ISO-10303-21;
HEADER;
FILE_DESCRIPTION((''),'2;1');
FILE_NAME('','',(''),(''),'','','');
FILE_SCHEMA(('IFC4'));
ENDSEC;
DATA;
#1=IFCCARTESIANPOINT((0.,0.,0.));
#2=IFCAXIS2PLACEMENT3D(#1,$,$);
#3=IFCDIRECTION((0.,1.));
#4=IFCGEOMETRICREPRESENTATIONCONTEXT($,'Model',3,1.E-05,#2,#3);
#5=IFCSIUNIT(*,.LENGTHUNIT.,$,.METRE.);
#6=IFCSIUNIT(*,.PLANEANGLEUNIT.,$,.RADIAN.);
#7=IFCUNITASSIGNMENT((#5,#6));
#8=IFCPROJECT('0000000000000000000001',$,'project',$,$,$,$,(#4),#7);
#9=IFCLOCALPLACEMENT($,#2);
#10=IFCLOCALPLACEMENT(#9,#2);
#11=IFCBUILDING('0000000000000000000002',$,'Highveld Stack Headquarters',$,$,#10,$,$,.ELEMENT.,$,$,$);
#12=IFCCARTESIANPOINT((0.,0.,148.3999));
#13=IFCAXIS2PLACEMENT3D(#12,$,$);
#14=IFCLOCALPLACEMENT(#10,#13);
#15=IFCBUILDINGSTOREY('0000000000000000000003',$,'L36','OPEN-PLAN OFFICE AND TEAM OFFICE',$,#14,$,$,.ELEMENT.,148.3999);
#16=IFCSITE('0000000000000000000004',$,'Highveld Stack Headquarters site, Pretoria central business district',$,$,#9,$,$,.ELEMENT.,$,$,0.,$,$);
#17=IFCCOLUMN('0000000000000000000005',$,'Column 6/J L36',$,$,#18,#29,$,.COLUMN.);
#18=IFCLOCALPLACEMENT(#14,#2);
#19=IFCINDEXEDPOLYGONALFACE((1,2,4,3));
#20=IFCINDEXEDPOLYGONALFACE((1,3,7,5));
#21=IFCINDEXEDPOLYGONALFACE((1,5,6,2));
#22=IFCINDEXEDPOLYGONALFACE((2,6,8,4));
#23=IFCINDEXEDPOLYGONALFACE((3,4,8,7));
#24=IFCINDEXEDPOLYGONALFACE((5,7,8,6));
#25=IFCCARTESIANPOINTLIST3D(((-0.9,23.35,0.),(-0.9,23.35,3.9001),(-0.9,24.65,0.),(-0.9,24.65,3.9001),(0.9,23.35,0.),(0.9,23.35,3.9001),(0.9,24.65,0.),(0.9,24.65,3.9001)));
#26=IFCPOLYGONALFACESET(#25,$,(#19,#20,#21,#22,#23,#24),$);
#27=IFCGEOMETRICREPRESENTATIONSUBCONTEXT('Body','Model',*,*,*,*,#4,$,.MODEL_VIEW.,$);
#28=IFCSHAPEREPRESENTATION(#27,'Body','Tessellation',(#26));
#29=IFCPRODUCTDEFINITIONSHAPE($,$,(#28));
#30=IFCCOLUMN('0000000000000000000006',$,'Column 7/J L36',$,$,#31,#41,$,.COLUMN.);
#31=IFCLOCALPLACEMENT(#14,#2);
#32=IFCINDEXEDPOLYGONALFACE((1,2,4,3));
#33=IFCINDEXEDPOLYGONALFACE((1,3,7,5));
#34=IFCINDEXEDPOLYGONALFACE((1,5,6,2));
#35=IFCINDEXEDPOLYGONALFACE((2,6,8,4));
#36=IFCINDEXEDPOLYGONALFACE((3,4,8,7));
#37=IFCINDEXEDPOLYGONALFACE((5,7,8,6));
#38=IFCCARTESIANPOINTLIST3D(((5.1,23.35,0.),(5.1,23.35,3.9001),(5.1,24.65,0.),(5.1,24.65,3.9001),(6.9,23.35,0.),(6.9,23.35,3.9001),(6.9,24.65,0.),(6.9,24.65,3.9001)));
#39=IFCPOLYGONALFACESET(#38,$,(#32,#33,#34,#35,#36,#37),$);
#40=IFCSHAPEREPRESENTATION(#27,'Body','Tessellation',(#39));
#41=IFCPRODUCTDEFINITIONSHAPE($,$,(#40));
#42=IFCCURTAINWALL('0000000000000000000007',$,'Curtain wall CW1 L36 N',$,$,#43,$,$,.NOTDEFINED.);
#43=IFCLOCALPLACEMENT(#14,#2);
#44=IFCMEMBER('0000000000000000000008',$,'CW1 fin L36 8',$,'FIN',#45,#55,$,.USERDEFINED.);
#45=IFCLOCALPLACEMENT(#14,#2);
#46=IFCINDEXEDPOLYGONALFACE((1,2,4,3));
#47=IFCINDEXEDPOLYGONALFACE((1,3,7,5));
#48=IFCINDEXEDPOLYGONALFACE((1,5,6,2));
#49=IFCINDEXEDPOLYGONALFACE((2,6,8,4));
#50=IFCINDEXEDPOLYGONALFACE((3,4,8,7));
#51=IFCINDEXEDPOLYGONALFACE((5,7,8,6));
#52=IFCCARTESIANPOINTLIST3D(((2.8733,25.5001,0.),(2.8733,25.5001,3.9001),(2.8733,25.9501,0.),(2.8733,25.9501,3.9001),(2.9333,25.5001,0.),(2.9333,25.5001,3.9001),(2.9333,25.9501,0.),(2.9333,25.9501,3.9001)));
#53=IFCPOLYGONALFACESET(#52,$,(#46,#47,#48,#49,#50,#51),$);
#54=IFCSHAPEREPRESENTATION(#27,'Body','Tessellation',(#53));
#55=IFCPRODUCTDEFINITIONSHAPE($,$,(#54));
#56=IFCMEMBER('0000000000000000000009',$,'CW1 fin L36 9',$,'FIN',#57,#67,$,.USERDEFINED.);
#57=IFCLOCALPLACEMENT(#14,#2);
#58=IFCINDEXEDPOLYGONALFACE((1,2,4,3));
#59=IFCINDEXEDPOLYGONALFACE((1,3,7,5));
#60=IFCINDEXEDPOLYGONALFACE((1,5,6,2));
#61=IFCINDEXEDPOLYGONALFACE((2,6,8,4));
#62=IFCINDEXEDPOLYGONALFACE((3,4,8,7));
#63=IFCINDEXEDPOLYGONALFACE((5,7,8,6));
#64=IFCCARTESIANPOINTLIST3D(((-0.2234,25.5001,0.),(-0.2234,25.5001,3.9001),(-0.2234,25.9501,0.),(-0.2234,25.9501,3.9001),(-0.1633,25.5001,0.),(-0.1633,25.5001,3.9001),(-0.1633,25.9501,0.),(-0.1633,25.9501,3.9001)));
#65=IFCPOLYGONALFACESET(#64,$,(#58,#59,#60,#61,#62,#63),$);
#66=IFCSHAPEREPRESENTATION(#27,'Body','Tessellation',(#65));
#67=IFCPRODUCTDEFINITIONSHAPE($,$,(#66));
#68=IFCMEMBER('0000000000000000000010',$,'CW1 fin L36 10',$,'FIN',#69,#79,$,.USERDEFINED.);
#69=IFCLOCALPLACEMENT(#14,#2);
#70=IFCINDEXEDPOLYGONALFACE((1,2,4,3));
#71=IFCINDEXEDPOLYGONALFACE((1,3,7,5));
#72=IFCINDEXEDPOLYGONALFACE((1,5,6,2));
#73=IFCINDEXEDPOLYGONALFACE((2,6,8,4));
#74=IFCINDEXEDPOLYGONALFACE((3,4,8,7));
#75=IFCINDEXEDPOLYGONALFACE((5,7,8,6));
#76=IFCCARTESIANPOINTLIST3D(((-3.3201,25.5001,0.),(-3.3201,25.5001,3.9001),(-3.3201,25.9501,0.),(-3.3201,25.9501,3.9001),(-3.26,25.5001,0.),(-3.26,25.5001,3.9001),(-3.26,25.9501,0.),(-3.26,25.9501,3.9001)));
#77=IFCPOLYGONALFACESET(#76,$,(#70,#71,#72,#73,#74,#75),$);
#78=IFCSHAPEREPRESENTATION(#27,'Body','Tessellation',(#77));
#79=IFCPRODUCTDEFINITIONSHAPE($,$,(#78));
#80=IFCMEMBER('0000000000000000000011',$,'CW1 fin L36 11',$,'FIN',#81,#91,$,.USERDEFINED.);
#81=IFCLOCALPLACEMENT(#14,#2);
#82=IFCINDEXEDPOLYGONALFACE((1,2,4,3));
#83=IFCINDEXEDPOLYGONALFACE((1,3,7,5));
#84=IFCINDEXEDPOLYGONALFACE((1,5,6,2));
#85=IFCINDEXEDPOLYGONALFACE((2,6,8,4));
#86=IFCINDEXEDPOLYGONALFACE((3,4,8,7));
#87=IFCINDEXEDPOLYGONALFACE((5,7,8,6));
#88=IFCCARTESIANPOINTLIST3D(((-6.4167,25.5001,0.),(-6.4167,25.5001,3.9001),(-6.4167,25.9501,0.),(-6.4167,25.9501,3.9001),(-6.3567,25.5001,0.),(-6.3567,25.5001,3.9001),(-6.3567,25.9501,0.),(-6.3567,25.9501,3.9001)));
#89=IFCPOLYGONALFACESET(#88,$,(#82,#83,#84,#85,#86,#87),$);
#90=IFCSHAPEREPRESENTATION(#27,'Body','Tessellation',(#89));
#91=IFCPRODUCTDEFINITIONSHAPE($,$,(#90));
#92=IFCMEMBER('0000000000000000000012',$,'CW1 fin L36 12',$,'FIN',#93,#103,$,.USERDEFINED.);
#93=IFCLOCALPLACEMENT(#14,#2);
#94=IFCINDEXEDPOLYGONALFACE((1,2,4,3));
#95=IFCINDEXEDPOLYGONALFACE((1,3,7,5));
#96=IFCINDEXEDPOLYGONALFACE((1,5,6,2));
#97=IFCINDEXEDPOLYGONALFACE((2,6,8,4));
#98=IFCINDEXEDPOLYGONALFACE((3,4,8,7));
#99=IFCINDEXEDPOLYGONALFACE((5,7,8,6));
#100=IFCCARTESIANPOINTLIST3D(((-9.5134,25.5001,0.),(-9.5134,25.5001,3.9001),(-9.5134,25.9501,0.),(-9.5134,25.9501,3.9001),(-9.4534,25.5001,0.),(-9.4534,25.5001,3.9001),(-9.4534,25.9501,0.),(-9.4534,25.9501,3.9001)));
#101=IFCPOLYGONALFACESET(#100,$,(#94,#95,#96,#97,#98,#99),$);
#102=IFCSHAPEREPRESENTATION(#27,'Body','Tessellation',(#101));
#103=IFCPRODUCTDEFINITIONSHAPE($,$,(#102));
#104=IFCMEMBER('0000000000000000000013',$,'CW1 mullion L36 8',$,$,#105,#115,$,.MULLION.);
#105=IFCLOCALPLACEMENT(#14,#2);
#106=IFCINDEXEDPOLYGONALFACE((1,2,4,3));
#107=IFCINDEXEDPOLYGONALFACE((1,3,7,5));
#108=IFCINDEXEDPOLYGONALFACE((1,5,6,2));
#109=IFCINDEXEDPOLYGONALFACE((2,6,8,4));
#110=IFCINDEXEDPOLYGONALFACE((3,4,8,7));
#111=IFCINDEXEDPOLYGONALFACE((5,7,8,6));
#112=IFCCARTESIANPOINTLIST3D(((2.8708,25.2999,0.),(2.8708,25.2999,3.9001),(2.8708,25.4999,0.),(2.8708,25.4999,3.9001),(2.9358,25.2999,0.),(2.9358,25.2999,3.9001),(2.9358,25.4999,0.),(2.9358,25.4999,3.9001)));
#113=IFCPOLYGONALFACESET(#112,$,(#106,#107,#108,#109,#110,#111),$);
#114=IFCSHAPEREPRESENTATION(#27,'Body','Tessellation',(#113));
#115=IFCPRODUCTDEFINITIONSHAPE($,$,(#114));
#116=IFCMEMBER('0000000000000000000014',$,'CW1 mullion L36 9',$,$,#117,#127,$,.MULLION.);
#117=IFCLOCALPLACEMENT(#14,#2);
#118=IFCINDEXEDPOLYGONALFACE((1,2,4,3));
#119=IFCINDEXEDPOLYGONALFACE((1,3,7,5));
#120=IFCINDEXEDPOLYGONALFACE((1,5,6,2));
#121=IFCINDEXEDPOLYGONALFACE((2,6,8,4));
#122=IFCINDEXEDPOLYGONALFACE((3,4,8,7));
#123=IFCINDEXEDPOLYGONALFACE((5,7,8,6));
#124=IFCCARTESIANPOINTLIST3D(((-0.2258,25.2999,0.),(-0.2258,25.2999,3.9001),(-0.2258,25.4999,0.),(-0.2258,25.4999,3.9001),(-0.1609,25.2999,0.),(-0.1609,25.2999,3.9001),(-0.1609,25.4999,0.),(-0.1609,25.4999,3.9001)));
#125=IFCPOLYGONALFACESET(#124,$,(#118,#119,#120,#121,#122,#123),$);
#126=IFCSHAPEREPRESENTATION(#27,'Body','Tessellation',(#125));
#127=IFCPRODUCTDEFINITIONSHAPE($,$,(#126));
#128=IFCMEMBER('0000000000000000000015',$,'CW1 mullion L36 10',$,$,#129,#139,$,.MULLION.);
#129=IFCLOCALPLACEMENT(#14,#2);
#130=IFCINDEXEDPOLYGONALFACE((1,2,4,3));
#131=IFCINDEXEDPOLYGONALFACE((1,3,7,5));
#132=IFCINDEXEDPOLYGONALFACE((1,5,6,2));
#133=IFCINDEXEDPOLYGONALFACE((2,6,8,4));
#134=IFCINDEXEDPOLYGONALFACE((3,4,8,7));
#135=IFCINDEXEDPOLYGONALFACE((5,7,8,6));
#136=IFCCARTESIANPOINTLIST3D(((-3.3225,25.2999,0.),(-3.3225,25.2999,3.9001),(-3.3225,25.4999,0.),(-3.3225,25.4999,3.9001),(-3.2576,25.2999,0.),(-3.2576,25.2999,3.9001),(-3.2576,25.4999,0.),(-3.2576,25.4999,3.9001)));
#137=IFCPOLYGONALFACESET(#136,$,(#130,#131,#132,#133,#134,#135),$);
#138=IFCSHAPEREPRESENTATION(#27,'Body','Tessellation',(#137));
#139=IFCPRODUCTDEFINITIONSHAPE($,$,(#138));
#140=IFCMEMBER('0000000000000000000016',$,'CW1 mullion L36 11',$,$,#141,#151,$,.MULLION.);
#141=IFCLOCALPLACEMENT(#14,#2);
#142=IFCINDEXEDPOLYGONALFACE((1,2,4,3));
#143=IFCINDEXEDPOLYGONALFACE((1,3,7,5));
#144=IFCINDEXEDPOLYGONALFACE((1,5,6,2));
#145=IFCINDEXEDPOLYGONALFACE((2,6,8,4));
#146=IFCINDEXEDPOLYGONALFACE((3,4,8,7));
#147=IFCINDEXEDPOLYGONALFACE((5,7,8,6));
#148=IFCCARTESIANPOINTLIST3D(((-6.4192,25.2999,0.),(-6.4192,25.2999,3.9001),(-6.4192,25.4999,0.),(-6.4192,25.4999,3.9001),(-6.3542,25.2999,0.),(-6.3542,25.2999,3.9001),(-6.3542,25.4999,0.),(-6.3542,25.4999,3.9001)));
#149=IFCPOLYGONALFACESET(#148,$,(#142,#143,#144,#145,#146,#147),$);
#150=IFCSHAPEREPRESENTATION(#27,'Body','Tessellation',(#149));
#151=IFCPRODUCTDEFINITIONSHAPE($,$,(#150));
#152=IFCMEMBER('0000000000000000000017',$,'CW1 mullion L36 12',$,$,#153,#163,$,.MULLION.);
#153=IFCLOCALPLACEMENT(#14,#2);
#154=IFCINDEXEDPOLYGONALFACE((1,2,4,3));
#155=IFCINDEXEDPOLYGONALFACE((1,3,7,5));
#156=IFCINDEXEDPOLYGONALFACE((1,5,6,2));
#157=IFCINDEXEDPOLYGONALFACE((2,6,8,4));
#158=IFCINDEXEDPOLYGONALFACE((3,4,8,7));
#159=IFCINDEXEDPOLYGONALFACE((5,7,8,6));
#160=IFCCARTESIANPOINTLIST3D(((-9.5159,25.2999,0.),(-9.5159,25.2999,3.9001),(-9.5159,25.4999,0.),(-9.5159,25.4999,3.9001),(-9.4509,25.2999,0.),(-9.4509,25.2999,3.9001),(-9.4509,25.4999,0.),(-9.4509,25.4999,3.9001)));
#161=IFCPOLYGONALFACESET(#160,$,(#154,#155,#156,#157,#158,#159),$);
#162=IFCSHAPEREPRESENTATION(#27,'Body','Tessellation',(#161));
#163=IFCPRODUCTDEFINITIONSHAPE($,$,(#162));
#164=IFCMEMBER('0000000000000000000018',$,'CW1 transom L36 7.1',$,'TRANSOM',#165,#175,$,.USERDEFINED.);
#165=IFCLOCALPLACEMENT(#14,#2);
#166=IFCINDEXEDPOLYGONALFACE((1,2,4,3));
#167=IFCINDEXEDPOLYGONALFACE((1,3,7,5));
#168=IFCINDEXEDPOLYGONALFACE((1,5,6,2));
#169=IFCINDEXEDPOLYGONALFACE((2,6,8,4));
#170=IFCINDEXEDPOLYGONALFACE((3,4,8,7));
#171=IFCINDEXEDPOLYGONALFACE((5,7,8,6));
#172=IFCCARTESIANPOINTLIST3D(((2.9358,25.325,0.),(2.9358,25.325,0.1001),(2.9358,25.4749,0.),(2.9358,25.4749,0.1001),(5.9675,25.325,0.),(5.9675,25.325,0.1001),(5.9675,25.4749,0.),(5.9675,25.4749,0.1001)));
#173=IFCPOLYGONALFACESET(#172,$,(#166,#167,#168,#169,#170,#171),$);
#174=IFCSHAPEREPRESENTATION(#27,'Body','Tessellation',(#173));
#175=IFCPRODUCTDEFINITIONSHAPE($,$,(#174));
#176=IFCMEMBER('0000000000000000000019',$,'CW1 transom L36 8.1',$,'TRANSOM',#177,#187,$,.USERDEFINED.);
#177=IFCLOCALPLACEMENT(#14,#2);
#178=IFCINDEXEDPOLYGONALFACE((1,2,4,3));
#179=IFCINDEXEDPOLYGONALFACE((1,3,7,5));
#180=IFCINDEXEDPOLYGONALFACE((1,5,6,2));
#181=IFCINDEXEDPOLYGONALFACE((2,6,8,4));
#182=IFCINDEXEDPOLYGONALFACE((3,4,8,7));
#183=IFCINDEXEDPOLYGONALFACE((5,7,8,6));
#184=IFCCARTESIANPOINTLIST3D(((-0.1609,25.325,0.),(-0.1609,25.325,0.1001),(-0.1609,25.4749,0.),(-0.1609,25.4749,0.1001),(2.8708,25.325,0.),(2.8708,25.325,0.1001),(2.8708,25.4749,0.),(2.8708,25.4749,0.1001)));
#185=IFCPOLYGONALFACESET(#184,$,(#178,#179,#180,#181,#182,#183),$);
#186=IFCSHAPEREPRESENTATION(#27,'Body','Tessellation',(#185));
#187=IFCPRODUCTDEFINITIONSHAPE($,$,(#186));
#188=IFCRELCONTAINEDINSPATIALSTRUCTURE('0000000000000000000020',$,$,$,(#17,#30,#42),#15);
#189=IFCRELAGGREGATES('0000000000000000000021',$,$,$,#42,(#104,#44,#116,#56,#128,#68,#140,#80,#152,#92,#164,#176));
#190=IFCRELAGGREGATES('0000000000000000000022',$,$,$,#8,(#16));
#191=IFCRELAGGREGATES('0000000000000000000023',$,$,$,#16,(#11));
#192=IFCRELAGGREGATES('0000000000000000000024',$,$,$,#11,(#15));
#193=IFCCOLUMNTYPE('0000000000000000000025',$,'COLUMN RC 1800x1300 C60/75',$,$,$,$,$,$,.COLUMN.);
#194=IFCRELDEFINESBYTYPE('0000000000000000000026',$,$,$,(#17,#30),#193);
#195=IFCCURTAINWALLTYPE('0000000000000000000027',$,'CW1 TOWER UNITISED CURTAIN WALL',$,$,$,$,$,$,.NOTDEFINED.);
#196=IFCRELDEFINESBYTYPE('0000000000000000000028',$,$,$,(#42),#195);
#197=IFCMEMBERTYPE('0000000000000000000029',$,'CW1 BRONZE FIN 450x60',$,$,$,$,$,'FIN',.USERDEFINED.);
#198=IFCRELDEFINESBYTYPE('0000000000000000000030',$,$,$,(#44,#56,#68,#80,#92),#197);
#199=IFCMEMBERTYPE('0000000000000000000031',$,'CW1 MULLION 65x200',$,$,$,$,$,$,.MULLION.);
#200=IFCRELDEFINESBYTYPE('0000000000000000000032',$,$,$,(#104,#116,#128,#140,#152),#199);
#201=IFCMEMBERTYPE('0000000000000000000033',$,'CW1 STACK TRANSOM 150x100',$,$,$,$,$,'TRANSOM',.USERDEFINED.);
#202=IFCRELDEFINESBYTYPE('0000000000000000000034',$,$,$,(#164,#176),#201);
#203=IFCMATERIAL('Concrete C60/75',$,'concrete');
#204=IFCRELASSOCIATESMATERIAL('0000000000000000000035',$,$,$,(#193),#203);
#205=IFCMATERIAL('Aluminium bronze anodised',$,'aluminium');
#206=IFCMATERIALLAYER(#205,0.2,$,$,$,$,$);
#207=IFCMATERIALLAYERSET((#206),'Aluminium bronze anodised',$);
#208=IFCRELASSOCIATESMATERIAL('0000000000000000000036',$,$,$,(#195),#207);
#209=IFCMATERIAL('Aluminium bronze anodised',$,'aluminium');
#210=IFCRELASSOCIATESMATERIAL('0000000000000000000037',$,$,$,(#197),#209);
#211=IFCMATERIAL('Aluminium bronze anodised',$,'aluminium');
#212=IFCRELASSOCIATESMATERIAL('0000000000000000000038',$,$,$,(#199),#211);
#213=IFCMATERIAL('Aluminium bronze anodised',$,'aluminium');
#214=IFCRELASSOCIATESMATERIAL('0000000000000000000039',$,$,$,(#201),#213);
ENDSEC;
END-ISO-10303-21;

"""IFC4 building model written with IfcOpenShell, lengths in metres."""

from ifc_helpers import new_model, si_unit, direction, frame, origin, origin_2d, place, context, subcontext, project, spatial, rectangle, extrude, material, layer, layer_set, material_profile, profile_set, type_object, element, aggregate, save


model = new_model("IFC4")

# Units and contexts
model_context = context("Model", 3, precision=1e-05, world=origin(), true_north=direction((0.0, 1.0)))
body_context = subcontext(model_context, "Body", "Model", "MODEL_VIEW")
ifc_project = project(units=[si_unit("LENGTHUNIT", "METRE"), si_unit("PLANEANGLEUNIT", "RADIAN")], contexts=[model_context])

# Site, building, storey
site_placement = place(None, origin())
site = spatial("IfcSite", under=ifc_project, at=site_placement, Name="Highveld Stack Headquarters site, Pretoria central business district", CompositionType="ELEMENT", RefElevation=0.0)
building_placement = place(site_placement, origin())
building = spatial("IfcBuilding", under=site, at=building_placement, Name="Highveld Stack Headquarters", CompositionType="ELEMENT")
storey_placement = place(building_placement, frame((0.0, 0.0, 148.3999)))
storey = spatial("IfcBuildingStorey", under=building, at=storey_placement, Name="L36", Description="OPEN-PLAN OFFICE AND TEAM OFFICE", CompositionType="ELEMENT", Elevation=148.3999)

# Columns
ifc_material_1 = material(Name="Concrete C60/75", Category="concrete")
ifc_material_profile_1 = material_profile(ifc_material_1, rectangle(XDim=1.8, YDim=1.3, at=origin_2d()), Name="RC 1800x1300")
ifc_profile_set_1 = profile_set([ifc_material_profile_1], Name="Concrete C60/75")
column_type = type_object("IfcColumnType", Name="COLUMN RC 1800x1300 C60/75", PredefinedType="COLUMN", material=ifc_profile_set_1)
for number, where, z_axis, x_axis, name in (
    (1, (0.0, 24.0, 0.0), (0.0, 0.0, 1.0), (1.0, 0.0, 0.0), "Column 6/J L36"),
    (2, (6.0, 24.0, 0.0), (0.0, 0.0, 1.0), (1.0, 0.0, 0.0), "Column 7/J L36"),
):
    element("IfcColumn", number, at=place(storey_placement, frame(where, z_axis=z_axis, x_axis=x_axis)), inside=storey, type_object=column_type, Name=name, PredefinedType="COLUMN", context=body_context, shape_type="SweptSolid", body=[
        extrude(rectangle(XDim=1.8, YDim=1.3, at=origin_2d()), origin(), (0.0, 0.0, 1.0), 3.9001),
    ])

# Curtain wall, members
ifc_material_2 = material(Name="Aluminium bronze anodised", Category="aluminium")
ifc_layer_1 = layer(ifc_material_2, 0.2)
ifc_layer_set_1 = layer_set([ifc_layer_1], Name="Aluminium bronze anodised")
curtain_wall_type = type_object("IfcCurtainWallType", Name="CW1 TOWER UNITISED CURTAIN WALL", PredefinedType="NOTDEFINED", material=ifc_layer_set_1)
curtain_wall_placement = place(storey_placement, origin())
curtain_wall = element("IfcCurtainWall", 3, at=curtain_wall_placement, inside=storey, type_object=curtain_wall_type, Name="Curtain wall CW1 L36 N", PredefinedType="NOTDEFINED")
ifc_material_3 = material(Name="Aluminium bronze anodised", Category="aluminium")
ifc_material_profile_2 = material_profile(ifc_material_3, rectangle(XDim=0.45, YDim=0.0601, at=origin_2d()), Name="FIN 450x60")
ifc_profile_set_2 = profile_set([ifc_material_profile_2], Name="Aluminium bronze anodised")
member_type_1 = type_object("IfcMemberType", Name="CW1 BRONZE FIN 450x60", ElementType="FIN", PredefinedType="USERDEFINED", material=ifc_profile_set_2)
member_1_placement = place(storey_placement, frame((2.9033, 25.7251, 0.0), z_axis=(0.0, 0.0, 1.0), x_axis=(0.0, -1.0, 0.0)))
member_1 = element("IfcMember", 4, at=member_1_placement, type_object=member_type_1, Name="CW1 fin L36 8", ObjectType="FIN", PredefinedType="USERDEFINED", context=body_context, shape_type="SweptSolid", body=[
    extrude(rectangle(XDim=0.45, YDim=0.0601, at=origin_2d()), origin(), (0.0, 0.0, 1.0), 3.9001),
])
member_2_placement = place(storey_placement, frame((-0.1934, 25.7251, 0.0), z_axis=(0.0, 0.0, 1.0), x_axis=(0.0, -1.0, 0.0)))
member_2 = element("IfcMember", 5, at=member_2_placement, type_object=member_type_1, Name="CW1 fin L36 9", ObjectType="FIN", PredefinedType="USERDEFINED", context=body_context, shape_type="SweptSolid", body=[
    extrude(rectangle(XDim=0.45, YDim=0.0601, at=origin_2d()), origin(), (0.0, 0.0, 1.0), 3.9001),
])
member_3_placement = place(storey_placement, frame((-3.29, 25.7251, 0.0), z_axis=(0.0, 0.0, 1.0), x_axis=(0.0, -1.0, 0.0)))
member_3 = element("IfcMember", 6, at=member_3_placement, type_object=member_type_1, Name="CW1 fin L36 10", ObjectType="FIN", PredefinedType="USERDEFINED", context=body_context, shape_type="SweptSolid", body=[
    extrude(rectangle(XDim=0.45, YDim=0.0601, at=origin_2d()), origin(), (0.0, 0.0, 1.0), 3.9001),
])
member_4_placement = place(storey_placement, frame((-6.3867, 25.7251, 0.0), z_axis=(0.0, 0.0, 1.0), x_axis=(0.0, -1.0, 0.0)))
member_4 = element("IfcMember", 7, at=member_4_placement, type_object=member_type_1, Name="CW1 fin L36 11", ObjectType="FIN", PredefinedType="USERDEFINED", context=body_context, shape_type="SweptSolid", body=[
    extrude(rectangle(XDim=0.45, YDim=0.0601, at=origin_2d()), origin(), (0.0, 0.0, 1.0), 3.9001),
])
member_5_placement = place(storey_placement, frame((-9.4834, 25.7251, 0.0), z_axis=(0.0, 0.0, 1.0), x_axis=(0.0, -1.0, 0.0)))
member_5 = element("IfcMember", 8, at=member_5_placement, type_object=member_type_1, Name="CW1 fin L36 12", ObjectType="FIN", PredefinedType="USERDEFINED", context=body_context, shape_type="SweptSolid", body=[
    extrude(rectangle(XDim=0.45, YDim=0.0601, at=origin_2d()), origin(), (0.0, 0.0, 1.0), 3.9001),
])
ifc_material_4 = material(Name="Aluminium bronze anodised", Category="aluminium")
ifc_material_profile_3 = material_profile(ifc_material_4, rectangle(XDim=0.2, YDim=0.0649, at=origin_2d()), Name="CW1 MULLION 65x200")
ifc_profile_set_3 = profile_set([ifc_material_profile_3], Name="Aluminium bronze anodised")
member_type_2 = type_object("IfcMemberType", Name="CW1 MULLION 65x200", PredefinedType="MULLION", material=ifc_profile_set_3)
member_6_placement = place(storey_placement, frame((2.9033, 25.3999, 0.0), z_axis=(0.0, 0.0, 1.0), x_axis=(0.0, -1.0, 0.0)))
member_6 = element("IfcMember", 9, at=member_6_placement, type_object=member_type_2, Name="CW1 mullion L36 8", PredefinedType="MULLION", context=body_context, shape_type="SweptSolid", body=[
    extrude(rectangle(XDim=0.2, YDim=0.0649, at=origin_2d()), origin(), (0.0, 0.0, 1.0), 3.9001),
])
member_7_placement = place(storey_placement, frame((-0.1934, 25.3999, 0.0), z_axis=(0.0, 0.0, 1.0), x_axis=(0.0, -1.0, 0.0)))
member_7 = element("IfcMember", 10, at=member_7_placement, type_object=member_type_2, Name="CW1 mullion L36 9", PredefinedType="MULLION", context=body_context, shape_type="SweptSolid", body=[
    extrude(rectangle(XDim=0.2, YDim=0.0649, at=origin_2d()), origin(), (0.0, 0.0, 1.0), 3.9001),
])
member_8_placement = place(storey_placement, frame((-3.29, 25.3999, 0.0), z_axis=(0.0, 0.0, 1.0), x_axis=(0.0, -1.0, 0.0)))
member_8 = element("IfcMember", 11, at=member_8_placement, type_object=member_type_2, Name="CW1 mullion L36 10", PredefinedType="MULLION", context=body_context, shape_type="SweptSolid", body=[
    extrude(rectangle(XDim=0.2, YDim=0.0649, at=origin_2d()), origin(), (0.0, 0.0, 1.0), 3.9001),
])
member_9_placement = place(storey_placement, frame((-6.3867, 25.3999, 0.0), z_axis=(0.0, 0.0, 1.0), x_axis=(0.0, -1.0, 0.0)))
member_9 = element("IfcMember", 12, at=member_9_placement, type_object=member_type_2, Name="CW1 mullion L36 11", PredefinedType="MULLION", context=body_context, shape_type="SweptSolid", body=[
    extrude(rectangle(XDim=0.2, YDim=0.0649, at=origin_2d()), origin(), (0.0, 0.0, 1.0), 3.9001),
])
member_10_placement = place(storey_placement, frame((-9.4834, 25.3999, 0.0), z_axis=(0.0, 0.0, 1.0), x_axis=(0.0, -1.0, 0.0)))
member_10 = element("IfcMember", 13, at=member_10_placement, type_object=member_type_2, Name="CW1 mullion L36 12", PredefinedType="MULLION", context=body_context, shape_type="SweptSolid", body=[
    extrude(rectangle(XDim=0.2, YDim=0.0649, at=origin_2d()), origin(), (0.0, 0.0, 1.0), 3.9001),
])
ifc_material_5 = material(Name="Aluminium bronze anodised", Category="aluminium")
ifc_material_profile_4 = material_profile(ifc_material_5, rectangle(XDim=0.1499, YDim=0.1001, at=origin_2d()), Name="CW1 TRANSOM 150x100")
ifc_profile_set_4 = profile_set([ifc_material_profile_4], Name="Aluminium bronze anodised")
member_type_3 = type_object("IfcMemberType", Name="CW1 STACK TRANSOM 150x100", ElementType="TRANSOM", PredefinedType="USERDEFINED", material=ifc_profile_set_4)
member_11_placement = place(storey_placement, frame((5.9675, 25.3999, 0.05), z_axis=(-1.0, 0.0, 0.0), x_axis=(0.0, -1.0, 0.0)))
member_11 = element("IfcMember", 14, at=member_11_placement, type_object=member_type_3, Name="CW1 transom L36 7.1", ObjectType="TRANSOM", PredefinedType="USERDEFINED", context=body_context, shape_type="SweptSolid", body=[
    extrude(rectangle(XDim=0.1499, YDim=0.1001, at=origin_2d()), origin(), (0.0, 0.0, 1.0), 3.0317),
])
member_12_placement = place(storey_placement, frame((2.8708, 25.3999, 0.05), z_axis=(-1.0, 0.0, 0.0), x_axis=(0.0, -1.0, 0.0)))
member_12 = element("IfcMember", 15, at=member_12_placement, type_object=member_type_3, Name="CW1 transom L36 8.1", ObjectType="TRANSOM", PredefinedType="USERDEFINED", context=body_context, shape_type="SweptSolid", body=[
    extrude(rectangle(XDim=0.1499, YDim=0.1001, at=origin_2d()), origin(), (0.0, 0.0, 1.0), 3.0317),
])
aggregate(curtain_wall, [member_6, member_1, member_7, member_2, member_8, member_3, member_9, member_4, member_10, member_5, member_11, member_12])

save(model, "model.ifc")
